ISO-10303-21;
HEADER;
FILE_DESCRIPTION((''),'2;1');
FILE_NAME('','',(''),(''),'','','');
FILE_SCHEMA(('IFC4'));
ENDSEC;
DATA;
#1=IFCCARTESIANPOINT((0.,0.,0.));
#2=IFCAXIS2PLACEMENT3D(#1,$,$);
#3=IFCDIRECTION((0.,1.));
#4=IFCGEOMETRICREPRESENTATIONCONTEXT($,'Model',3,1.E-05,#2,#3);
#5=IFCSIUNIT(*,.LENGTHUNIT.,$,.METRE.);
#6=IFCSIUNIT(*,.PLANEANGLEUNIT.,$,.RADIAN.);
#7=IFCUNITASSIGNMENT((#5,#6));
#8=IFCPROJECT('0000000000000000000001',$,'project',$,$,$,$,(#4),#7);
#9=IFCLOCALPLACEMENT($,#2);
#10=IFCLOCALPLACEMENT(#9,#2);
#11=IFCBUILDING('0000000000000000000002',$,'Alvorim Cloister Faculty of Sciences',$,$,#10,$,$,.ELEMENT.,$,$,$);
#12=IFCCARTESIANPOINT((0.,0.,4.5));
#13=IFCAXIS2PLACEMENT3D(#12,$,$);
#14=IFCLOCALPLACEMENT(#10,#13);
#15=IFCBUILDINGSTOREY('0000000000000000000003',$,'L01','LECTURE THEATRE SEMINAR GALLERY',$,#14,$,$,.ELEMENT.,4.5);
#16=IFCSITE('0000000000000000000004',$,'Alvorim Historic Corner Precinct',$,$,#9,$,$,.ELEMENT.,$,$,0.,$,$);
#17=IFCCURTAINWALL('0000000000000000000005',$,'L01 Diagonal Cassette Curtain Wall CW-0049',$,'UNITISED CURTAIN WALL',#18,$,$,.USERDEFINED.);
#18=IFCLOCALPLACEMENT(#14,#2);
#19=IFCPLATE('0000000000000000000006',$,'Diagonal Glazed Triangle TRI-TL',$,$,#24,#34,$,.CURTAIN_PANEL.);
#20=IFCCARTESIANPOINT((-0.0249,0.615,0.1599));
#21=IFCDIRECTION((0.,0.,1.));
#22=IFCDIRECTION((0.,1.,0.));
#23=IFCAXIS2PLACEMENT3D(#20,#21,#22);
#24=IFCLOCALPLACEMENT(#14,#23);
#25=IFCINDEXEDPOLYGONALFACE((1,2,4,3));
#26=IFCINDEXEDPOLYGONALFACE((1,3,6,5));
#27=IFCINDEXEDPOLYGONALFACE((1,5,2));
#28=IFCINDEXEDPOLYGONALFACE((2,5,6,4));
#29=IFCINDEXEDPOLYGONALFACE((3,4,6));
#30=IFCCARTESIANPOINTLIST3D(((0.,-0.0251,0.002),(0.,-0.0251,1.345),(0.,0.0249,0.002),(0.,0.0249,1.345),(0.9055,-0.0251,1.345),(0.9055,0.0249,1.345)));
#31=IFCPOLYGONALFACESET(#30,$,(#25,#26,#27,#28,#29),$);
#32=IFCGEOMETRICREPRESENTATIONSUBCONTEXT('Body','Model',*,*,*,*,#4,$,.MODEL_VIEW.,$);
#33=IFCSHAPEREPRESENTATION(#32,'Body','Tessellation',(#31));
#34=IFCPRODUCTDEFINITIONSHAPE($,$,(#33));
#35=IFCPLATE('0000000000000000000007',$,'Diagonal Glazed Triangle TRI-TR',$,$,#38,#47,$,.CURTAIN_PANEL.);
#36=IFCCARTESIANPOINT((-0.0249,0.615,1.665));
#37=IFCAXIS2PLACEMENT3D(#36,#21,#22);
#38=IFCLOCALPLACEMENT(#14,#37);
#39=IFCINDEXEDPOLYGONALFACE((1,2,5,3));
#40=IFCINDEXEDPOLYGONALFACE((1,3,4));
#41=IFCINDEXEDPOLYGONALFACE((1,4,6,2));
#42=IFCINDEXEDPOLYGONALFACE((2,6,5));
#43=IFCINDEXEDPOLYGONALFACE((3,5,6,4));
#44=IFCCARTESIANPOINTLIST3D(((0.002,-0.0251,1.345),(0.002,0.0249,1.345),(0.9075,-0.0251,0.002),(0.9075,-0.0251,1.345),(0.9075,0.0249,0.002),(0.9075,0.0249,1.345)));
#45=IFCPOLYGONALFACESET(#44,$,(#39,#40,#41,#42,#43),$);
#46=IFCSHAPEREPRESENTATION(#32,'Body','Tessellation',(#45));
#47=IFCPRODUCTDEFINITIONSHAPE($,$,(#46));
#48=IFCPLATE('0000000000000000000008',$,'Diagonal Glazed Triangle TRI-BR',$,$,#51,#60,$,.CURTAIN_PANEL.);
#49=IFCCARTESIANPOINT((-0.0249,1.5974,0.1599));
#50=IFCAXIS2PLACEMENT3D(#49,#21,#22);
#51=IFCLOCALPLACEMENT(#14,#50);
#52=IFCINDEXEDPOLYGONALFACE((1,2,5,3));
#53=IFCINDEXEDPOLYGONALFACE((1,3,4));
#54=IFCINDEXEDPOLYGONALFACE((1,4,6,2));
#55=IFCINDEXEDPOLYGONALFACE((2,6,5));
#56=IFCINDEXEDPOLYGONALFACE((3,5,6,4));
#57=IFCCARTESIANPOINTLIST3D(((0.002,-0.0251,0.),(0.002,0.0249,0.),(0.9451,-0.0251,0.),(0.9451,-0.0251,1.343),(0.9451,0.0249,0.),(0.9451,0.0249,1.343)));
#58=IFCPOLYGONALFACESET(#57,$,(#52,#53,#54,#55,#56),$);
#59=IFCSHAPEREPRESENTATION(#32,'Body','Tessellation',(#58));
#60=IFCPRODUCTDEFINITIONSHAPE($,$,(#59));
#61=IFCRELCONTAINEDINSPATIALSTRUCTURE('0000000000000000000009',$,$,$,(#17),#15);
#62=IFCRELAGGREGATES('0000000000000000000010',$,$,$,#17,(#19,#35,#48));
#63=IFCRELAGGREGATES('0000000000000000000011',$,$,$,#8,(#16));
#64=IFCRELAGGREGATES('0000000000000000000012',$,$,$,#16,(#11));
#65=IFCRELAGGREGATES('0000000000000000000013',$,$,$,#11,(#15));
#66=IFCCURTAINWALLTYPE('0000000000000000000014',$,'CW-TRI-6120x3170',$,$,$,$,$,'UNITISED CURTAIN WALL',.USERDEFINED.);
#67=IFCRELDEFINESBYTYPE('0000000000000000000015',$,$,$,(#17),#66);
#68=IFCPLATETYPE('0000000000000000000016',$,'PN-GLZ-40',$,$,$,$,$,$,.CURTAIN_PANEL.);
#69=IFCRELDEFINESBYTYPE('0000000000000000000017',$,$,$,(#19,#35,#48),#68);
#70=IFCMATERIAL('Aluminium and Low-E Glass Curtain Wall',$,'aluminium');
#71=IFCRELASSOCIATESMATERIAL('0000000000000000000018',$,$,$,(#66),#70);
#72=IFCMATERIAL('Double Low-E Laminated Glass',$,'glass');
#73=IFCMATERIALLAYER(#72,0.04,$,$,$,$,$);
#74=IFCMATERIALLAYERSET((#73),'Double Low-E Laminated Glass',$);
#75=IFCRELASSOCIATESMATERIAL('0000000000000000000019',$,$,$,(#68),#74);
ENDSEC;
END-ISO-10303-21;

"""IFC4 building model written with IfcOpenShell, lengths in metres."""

from ifc_helpers import new_model, si_unit, direction, frame, origin, place, context, subcontext, project, spatial, polyline, outline, extrude, material, layer, layer_set, type_object, element, aggregate, save


model = new_model("IFC4")

# Units and contexts
model_context = context("Model", 3, precision=1e-05, world=origin(), true_north=direction((0.0, 1.0)))
body_context = subcontext(model_context, "Body", "Model", "MODEL_VIEW")
ifc_project = project(units=[si_unit("LENGTHUNIT", "METRE"), si_unit("PLANEANGLEUNIT", "RADIAN")], contexts=[model_context])

# Site, building, storey
site_placement = place(None, origin())
site = spatial("IfcSite", under=ifc_project, at=site_placement, Name="Alvorim Historic Corner Precinct", CompositionType="ELEMENT", RefElevation=0.0)
building_placement = place(site_placement, origin())
building = spatial("IfcBuilding", under=site, at=building_placement, Name="Alvorim Cloister Faculty of Sciences", CompositionType="ELEMENT")
storey_placement = place(building_placement, frame((0.0, 0.0, 4.5)))
storey = spatial("IfcBuildingStorey", under=building, at=storey_placement, Name="L01", Description="LECTURE THEATRE SEMINAR GALLERY", CompositionType="ELEMENT", Elevation=4.5)

# Curtain wall
ifc_material_1 = material(Name="Aluminium and Low-E Glass Curtain Wall", Category="aluminium")
curtain_wall_type = type_object("IfcCurtainWallType", Name="CW-TRI-6120x3170", ElementType="UNITISED CURTAIN WALL", PredefinedType="USERDEFINED", material=ifc_material_1)
curtain_wall_1_placement = place(storey_placement, origin())
curtain_wall_1 = element("IfcCurtainWall", 1, at=curtain_wall_1_placement, inside=storey, type_object=curtain_wall_type, Name="L01 Diagonal Cassette Curtain Wall CW-0049", ObjectType="UNITISED CURTAIN WALL", PredefinedType="USERDEFINED")

# Plates
ifc_material_2 = material(Name="Double Low-E Laminated Glass", Category="glass")
ifc_layer_1 = layer(ifc_material_2, 0.04)
ifc_layer_set_1 = layer_set([ifc_layer_1], Name="Double Low-E Laminated Glass")
plate_type = type_object("IfcPlateType", Name="PN-GLZ-40", PredefinedType="CURTAIN_PANEL", material=ifc_layer_set_1)
plate_1_placement = place(storey_placement, frame((-0.0249, 0.615, 0.1599), z_axis=(0.0, 0.0, 1.0), x_axis=(0.0, 1.0, 0.0)))
plate_1 = element("IfcPlate", 2, at=plate_1_placement, type_object=plate_type, Name="Diagonal Glazed Triangle TRI-TL", PredefinedType="CURTAIN_PANEL", context=body_context, shape_type="SweptSolid", body=[
    extrude(outline(polyline([(0.9055, 1.345), (0.0, 1.345), (0.0, 0.002), (0.9055, 1.345)])), frame((0.0, 0.0249, 0.0), z_axis=(0.0, -1.0, 0.0), x_axis=(1.0, 0.0, 0.0)), (0.0, 0.0, 1.0), 0.05),
])
plate_2_placement = place(storey_placement, frame((-0.0249, 0.615, 1.665), z_axis=(0.0, 0.0, 1.0), x_axis=(0.0, 1.0, 0.0)))
plate_2 = element("IfcPlate", 3, at=plate_2_placement, type_object=plate_type, Name="Diagonal Glazed Triangle TRI-TR", PredefinedType="CURTAIN_PANEL", context=body_context, shape_type="SweptSolid", body=[
    extrude(outline(polyline([(0.9075, 0.002), (0.9075, 1.345), (0.002, 1.345), (0.9075, 0.002)])), frame((0.0, 0.0249, 0.0), z_axis=(0.0, -1.0, 0.0), x_axis=(1.0, 0.0, 0.0)), (0.0, 0.0, 1.0), 0.05),
])
plate_3_placement = place(storey_placement, frame((-0.0249, 1.5974, 0.1599), z_axis=(0.0, 0.0, 1.0), x_axis=(0.0, 1.0, 0.0)))
plate_3 = element("IfcPlate", 4, at=plate_3_placement, type_object=plate_type, Name="Diagonal Glazed Triangle TRI-BR", PredefinedType="CURTAIN_PANEL", context=body_context, shape_type="SweptSolid", body=[
    extrude(outline(polyline([(0.002, 0.0), (0.9451, 0.0), (0.9451, 1.343), (0.002, 0.0)])), frame((0.0, 0.0249, 0.0), z_axis=(0.0, -1.0, 0.0), x_axis=(1.0, 0.0, 0.0)), (0.0, 0.0, 1.0), 0.05),
])
aggregate(curtain_wall_1, [plate_1, plate_2, plate_3])

save(model, "model.ifc")
